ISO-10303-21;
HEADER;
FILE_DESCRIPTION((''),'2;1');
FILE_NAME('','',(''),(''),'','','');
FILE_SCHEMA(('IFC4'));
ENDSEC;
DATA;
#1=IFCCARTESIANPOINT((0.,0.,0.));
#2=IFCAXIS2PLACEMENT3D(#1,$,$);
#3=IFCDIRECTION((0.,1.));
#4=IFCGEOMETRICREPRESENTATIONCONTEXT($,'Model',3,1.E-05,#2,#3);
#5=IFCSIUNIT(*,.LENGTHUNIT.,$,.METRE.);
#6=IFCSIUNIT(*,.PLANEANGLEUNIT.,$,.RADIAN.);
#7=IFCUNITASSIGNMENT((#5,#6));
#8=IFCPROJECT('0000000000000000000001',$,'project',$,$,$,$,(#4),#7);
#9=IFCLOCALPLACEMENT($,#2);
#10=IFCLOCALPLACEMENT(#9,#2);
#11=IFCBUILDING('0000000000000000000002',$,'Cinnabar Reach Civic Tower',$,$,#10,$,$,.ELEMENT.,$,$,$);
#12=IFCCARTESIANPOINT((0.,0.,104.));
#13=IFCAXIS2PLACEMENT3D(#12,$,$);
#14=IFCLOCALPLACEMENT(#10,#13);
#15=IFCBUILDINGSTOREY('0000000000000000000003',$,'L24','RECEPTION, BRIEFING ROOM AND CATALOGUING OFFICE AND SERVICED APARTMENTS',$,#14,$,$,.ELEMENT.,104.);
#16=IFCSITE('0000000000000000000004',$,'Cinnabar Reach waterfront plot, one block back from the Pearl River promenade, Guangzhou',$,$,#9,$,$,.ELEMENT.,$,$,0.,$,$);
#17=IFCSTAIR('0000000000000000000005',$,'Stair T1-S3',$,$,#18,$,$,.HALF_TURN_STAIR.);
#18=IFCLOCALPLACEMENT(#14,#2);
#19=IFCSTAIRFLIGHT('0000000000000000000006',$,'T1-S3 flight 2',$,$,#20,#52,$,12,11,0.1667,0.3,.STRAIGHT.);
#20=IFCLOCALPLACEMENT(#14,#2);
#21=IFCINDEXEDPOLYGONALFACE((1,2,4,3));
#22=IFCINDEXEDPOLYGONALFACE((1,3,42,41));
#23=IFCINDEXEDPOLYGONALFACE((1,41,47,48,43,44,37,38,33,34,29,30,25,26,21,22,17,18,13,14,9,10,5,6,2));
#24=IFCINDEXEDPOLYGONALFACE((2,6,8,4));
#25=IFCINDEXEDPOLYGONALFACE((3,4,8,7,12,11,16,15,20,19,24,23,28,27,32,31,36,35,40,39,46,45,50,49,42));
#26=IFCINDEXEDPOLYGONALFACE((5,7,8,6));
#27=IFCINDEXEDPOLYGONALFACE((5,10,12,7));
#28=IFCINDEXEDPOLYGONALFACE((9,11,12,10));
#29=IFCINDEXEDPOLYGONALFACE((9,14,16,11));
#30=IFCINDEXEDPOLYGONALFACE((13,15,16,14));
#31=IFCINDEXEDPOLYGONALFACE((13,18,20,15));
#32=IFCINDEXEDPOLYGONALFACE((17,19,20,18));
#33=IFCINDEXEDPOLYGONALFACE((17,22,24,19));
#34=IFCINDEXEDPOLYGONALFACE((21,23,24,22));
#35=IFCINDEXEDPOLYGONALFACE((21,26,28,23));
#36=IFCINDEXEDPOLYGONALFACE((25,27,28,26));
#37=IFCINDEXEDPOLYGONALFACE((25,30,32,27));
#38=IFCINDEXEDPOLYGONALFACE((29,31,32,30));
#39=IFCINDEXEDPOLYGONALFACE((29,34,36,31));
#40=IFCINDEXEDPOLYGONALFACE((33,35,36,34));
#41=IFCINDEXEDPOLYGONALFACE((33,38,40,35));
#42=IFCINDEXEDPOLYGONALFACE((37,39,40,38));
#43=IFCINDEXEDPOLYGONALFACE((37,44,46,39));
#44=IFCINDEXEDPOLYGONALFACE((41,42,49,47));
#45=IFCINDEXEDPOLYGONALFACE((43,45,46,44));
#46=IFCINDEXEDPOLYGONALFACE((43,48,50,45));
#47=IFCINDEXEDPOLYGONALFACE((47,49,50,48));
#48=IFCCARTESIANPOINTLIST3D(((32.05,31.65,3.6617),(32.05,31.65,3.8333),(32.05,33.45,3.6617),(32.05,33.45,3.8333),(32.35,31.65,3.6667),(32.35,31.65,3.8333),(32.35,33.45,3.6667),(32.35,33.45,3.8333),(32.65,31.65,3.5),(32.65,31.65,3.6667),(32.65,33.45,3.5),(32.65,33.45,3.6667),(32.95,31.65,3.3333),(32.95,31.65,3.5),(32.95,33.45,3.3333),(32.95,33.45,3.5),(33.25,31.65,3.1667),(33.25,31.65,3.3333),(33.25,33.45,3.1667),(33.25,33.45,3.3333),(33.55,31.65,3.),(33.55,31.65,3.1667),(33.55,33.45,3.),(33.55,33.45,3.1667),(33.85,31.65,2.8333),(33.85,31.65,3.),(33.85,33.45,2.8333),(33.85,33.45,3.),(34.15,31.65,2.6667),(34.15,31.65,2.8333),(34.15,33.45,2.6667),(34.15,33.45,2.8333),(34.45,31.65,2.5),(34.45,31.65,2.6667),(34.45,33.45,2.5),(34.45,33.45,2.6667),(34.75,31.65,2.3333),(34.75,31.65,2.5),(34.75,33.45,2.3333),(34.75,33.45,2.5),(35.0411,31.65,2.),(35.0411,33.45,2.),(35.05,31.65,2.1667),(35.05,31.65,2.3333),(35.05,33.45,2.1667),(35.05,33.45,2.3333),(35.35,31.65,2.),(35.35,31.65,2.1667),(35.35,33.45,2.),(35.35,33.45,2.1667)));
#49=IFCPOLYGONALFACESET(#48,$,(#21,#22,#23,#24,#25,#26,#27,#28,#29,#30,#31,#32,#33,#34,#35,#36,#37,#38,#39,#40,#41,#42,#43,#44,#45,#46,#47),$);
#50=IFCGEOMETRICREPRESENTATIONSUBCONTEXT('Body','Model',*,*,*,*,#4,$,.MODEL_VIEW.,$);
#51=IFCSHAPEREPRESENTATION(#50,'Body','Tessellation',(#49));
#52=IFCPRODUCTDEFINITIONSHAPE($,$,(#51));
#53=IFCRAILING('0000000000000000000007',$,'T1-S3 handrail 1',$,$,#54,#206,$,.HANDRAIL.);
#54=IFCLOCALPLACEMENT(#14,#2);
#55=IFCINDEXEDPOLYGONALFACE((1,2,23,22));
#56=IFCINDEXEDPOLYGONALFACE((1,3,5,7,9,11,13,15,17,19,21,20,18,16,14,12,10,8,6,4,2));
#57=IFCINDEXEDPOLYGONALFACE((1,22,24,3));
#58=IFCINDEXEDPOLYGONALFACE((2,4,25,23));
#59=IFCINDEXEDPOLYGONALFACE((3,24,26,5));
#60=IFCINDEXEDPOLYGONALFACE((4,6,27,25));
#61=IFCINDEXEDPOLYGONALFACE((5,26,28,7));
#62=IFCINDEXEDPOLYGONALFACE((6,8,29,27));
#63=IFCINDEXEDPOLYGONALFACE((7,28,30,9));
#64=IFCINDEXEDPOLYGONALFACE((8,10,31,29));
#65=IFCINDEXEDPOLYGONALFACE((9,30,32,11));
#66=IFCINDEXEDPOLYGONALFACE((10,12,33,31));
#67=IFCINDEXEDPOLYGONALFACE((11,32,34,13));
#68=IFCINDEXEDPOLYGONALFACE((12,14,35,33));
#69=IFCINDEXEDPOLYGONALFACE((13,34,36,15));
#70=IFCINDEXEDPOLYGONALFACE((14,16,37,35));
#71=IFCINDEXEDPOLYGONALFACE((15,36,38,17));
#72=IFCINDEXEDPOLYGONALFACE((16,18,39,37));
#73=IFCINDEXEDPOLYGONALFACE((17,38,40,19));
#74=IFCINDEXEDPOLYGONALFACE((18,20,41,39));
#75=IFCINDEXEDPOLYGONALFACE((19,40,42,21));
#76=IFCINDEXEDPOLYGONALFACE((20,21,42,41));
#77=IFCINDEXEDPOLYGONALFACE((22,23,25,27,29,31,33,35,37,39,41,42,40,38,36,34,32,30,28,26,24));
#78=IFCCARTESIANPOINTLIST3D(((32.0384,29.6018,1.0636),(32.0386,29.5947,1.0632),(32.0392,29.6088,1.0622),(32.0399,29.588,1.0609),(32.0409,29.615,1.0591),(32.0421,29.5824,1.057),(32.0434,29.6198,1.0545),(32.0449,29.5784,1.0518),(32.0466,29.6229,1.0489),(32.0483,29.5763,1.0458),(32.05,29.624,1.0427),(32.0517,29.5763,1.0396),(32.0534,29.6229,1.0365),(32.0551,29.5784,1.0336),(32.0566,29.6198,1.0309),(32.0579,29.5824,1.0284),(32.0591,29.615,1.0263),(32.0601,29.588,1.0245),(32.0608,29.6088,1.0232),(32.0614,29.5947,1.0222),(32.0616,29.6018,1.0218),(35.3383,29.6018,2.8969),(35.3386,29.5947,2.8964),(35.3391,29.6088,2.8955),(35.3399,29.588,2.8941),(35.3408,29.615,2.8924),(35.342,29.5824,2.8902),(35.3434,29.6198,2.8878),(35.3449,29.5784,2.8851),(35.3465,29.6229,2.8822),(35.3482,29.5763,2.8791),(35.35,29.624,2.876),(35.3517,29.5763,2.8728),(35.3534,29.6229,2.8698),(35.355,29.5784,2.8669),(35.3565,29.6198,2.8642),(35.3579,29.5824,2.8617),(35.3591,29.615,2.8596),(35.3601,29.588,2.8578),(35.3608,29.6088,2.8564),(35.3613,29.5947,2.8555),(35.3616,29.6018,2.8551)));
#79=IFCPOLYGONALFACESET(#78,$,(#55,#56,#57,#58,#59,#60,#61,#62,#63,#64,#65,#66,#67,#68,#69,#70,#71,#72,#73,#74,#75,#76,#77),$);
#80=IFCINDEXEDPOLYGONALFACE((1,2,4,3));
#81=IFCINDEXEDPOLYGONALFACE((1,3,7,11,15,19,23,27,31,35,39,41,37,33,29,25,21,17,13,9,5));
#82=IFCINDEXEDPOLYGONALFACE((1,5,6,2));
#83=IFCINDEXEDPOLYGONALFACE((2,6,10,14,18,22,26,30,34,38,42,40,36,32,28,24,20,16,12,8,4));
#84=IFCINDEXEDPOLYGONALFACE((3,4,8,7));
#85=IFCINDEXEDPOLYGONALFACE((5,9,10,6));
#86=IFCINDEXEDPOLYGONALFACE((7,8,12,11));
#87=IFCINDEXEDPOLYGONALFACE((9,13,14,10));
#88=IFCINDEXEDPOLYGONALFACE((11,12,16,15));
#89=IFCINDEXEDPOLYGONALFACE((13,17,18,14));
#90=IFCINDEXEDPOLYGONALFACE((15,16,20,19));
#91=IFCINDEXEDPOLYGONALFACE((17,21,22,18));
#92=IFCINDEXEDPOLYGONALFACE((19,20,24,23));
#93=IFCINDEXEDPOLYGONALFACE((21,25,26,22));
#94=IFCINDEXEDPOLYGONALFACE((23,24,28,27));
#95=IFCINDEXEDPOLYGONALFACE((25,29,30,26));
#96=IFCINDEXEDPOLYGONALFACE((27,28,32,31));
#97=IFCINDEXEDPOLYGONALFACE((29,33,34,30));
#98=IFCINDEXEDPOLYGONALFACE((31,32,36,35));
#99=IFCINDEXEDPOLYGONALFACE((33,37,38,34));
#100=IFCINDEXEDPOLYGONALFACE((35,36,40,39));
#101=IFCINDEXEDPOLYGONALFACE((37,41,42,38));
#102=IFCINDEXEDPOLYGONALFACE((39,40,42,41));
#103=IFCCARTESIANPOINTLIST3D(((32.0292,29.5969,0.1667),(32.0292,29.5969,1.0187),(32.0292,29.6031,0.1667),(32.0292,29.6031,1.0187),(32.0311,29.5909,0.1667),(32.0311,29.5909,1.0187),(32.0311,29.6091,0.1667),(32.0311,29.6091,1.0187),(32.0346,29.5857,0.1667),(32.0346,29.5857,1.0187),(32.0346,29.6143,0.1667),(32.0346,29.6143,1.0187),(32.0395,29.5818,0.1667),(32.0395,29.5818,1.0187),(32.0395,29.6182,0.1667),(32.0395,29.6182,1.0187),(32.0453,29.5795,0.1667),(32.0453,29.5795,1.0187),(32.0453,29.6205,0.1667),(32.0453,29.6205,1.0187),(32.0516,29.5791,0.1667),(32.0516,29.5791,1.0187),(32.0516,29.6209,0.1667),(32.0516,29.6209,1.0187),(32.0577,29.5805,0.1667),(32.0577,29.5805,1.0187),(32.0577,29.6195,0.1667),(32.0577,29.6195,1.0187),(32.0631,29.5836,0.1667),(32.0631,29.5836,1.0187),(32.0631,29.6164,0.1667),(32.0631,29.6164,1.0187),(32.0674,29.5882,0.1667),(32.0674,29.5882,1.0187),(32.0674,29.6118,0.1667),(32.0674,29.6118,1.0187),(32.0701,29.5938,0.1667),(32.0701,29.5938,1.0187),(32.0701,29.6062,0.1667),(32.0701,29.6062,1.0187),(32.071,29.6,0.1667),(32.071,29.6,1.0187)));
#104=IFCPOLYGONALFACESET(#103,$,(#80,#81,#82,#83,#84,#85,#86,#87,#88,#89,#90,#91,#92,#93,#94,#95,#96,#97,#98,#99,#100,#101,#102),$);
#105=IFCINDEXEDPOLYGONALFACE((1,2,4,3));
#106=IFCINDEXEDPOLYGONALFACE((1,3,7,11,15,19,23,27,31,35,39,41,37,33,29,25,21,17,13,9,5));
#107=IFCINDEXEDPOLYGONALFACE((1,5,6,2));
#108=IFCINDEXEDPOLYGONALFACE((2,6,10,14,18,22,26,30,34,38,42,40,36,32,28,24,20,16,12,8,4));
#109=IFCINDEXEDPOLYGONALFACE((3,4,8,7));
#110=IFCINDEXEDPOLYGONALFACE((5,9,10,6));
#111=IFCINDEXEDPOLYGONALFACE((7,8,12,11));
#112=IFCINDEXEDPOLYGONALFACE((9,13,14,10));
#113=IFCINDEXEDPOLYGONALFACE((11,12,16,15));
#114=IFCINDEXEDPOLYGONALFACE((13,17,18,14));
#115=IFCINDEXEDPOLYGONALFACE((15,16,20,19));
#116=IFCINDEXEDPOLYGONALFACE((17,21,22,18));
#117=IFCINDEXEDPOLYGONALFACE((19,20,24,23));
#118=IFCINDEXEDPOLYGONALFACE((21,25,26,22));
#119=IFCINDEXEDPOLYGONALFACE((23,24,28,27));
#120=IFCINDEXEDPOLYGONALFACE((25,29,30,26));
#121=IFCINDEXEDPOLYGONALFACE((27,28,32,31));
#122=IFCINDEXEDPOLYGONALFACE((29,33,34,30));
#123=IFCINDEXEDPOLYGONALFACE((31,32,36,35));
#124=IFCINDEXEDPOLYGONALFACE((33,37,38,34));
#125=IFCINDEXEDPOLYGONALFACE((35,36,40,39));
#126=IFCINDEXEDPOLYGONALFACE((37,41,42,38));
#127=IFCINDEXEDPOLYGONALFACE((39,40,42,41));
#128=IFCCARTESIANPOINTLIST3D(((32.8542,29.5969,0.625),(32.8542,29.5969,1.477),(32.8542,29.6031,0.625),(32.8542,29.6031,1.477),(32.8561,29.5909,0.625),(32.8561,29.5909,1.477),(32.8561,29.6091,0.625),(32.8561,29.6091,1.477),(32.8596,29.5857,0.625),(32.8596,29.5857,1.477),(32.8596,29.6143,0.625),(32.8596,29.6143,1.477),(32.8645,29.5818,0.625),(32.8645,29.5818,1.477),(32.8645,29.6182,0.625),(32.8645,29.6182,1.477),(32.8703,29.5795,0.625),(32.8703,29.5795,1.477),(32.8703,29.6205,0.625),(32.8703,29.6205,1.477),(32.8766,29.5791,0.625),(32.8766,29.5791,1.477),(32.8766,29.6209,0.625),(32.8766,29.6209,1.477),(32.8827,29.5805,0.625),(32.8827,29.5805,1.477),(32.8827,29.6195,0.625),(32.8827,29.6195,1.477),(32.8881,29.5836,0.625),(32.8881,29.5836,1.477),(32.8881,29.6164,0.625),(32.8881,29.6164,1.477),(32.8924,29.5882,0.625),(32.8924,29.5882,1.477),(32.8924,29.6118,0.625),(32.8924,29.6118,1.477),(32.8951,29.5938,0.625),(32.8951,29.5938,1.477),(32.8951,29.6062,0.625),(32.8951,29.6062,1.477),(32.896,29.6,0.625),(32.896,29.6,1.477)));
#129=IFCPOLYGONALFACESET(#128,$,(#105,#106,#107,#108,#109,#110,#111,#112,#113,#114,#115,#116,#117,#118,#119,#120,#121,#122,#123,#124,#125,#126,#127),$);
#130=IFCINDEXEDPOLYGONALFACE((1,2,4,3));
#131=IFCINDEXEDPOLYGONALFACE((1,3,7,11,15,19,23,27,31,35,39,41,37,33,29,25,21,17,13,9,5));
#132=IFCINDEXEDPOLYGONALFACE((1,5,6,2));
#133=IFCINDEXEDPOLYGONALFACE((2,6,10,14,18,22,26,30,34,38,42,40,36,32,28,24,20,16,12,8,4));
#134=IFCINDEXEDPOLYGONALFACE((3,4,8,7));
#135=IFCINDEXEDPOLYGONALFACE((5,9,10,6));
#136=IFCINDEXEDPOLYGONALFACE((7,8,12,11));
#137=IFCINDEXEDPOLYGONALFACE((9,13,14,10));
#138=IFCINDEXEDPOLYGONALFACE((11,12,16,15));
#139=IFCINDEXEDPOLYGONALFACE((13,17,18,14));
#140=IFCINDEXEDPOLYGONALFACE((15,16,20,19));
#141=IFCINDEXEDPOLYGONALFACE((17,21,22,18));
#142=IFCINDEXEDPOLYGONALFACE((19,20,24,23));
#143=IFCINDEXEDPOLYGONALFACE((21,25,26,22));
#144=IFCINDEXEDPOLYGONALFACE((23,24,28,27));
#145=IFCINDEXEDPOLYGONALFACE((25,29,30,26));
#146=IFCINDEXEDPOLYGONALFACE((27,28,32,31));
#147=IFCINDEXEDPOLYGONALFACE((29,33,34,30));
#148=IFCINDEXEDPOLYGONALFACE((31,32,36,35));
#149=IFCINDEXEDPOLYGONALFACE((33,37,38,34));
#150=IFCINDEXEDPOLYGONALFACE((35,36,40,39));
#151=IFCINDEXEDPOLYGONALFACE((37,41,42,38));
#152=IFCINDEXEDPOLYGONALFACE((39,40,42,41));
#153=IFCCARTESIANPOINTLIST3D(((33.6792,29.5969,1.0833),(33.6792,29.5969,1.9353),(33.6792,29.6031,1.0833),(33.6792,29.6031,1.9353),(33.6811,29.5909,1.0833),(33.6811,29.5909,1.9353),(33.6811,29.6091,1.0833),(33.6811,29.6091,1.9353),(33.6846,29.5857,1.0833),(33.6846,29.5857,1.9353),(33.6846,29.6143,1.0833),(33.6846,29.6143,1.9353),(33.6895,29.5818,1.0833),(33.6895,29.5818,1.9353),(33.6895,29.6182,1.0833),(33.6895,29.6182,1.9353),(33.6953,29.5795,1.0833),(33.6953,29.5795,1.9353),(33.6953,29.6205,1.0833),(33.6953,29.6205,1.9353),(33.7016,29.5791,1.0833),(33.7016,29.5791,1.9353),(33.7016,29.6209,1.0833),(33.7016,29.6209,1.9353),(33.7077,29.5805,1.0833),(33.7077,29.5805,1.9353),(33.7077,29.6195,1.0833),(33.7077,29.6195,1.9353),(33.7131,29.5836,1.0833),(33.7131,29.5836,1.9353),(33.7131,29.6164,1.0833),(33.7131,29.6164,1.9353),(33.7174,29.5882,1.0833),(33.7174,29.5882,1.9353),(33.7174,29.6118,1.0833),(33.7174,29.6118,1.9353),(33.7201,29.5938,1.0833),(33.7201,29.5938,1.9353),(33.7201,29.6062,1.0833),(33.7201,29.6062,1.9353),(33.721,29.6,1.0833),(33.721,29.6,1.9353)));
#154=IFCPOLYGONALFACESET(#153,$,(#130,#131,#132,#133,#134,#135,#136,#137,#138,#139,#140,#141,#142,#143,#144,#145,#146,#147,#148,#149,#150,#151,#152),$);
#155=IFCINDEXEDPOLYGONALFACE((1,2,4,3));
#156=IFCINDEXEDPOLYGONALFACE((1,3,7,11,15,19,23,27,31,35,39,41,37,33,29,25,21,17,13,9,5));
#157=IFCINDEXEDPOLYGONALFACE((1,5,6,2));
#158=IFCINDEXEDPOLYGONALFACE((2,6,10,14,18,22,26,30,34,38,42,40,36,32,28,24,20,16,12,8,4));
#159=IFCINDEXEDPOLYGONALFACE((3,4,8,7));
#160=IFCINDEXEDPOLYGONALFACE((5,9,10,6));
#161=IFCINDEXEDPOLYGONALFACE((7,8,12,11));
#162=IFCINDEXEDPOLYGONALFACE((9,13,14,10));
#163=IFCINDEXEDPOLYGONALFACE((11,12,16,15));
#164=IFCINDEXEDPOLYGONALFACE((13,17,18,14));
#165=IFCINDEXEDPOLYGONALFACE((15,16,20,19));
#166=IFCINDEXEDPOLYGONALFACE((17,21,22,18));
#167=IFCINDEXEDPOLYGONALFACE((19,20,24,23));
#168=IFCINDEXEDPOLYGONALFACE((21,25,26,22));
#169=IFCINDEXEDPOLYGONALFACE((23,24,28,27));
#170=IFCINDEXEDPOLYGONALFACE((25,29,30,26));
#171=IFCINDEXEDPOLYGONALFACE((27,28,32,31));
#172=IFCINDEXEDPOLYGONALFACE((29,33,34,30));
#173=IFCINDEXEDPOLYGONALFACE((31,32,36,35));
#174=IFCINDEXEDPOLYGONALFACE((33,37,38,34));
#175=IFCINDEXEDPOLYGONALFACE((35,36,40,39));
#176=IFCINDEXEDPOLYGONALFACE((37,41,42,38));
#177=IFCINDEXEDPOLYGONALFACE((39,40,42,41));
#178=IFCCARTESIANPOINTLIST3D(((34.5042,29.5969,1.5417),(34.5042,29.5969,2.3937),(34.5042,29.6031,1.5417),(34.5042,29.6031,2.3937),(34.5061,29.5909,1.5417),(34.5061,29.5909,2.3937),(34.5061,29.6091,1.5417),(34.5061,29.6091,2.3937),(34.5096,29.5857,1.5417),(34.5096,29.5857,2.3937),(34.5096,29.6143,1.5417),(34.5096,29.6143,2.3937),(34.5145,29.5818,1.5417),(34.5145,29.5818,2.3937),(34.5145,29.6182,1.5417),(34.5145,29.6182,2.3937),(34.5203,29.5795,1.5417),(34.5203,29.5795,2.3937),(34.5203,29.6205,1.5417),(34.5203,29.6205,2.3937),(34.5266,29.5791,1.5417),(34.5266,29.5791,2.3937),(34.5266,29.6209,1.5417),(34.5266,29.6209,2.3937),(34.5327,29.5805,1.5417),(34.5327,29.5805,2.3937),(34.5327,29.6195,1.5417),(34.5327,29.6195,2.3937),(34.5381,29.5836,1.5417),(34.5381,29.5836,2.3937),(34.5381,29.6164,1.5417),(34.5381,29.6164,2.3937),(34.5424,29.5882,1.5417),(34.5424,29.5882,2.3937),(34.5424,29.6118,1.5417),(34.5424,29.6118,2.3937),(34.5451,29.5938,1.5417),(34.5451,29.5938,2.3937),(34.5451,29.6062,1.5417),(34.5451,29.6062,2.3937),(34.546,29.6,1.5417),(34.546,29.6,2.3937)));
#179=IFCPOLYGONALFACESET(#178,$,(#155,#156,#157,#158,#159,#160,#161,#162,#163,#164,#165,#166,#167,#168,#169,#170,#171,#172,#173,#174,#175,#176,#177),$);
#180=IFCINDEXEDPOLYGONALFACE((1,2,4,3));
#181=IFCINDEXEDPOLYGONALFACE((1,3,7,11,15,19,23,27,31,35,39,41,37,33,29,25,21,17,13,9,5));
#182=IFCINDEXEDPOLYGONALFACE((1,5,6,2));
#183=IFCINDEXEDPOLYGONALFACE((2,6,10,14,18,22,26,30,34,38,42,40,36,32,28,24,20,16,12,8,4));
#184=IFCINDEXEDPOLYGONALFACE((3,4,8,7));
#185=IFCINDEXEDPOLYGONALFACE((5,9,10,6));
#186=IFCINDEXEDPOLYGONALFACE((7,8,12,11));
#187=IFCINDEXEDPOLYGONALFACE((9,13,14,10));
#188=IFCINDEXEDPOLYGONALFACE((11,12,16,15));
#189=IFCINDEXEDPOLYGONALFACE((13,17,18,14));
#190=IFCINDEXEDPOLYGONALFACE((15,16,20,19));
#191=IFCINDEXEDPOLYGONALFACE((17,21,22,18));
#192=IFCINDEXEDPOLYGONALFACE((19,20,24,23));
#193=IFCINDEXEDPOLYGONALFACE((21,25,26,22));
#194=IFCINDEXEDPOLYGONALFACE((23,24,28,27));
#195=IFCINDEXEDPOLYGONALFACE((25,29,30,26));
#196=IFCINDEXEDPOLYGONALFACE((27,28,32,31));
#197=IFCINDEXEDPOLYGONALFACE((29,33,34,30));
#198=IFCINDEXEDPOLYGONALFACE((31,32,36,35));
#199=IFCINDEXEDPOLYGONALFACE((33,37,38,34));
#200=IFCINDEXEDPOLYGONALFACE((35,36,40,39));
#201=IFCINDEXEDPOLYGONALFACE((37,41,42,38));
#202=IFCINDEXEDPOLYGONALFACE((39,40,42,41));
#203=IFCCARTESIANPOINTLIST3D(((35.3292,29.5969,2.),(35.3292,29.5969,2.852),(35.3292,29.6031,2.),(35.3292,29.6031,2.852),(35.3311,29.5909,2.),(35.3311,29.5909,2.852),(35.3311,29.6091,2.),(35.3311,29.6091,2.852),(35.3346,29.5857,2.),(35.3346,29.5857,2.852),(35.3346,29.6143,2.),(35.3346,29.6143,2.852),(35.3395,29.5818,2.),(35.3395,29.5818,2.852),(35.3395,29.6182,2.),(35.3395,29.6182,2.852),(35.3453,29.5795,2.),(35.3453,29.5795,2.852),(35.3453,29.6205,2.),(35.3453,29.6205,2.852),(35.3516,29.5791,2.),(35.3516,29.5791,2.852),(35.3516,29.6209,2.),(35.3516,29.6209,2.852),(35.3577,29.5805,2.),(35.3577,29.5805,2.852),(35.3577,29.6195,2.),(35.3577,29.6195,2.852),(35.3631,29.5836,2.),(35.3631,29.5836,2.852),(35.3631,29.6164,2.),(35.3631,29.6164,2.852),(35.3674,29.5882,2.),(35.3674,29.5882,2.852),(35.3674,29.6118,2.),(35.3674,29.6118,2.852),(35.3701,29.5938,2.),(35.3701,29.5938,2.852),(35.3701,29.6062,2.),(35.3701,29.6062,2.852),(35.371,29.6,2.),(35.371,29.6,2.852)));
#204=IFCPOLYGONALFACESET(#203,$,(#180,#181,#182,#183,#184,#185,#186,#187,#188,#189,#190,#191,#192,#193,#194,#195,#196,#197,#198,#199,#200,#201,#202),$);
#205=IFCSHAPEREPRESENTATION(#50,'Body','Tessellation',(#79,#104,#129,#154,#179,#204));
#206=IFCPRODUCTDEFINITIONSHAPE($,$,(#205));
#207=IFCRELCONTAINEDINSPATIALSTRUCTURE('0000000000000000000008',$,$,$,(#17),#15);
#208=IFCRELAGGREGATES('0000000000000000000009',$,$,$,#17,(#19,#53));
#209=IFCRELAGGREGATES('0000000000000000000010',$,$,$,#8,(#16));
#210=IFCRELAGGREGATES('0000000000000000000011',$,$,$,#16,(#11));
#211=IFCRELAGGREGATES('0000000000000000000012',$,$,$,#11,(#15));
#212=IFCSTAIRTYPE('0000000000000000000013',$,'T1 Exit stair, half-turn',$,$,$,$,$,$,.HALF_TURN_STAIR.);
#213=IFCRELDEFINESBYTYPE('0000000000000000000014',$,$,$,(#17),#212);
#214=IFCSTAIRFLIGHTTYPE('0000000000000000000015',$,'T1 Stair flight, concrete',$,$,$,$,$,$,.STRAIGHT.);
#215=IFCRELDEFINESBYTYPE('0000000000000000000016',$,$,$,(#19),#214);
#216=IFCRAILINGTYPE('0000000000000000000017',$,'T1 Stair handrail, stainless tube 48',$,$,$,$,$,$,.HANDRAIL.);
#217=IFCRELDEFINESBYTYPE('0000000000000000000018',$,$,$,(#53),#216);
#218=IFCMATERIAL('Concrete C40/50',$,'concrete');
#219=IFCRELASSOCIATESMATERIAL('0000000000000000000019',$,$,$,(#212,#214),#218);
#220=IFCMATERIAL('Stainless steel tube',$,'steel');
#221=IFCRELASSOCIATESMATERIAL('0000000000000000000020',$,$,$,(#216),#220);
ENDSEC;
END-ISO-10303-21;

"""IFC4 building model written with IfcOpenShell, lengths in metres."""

from ifc_helpers import new_model, si_unit, direction, frame, origin, origin_2d, place, context, subcontext, project, spatial, polyline, circle, outline, extrude, material, type_object, element, aggregate, save


model = new_model("IFC4")

# Units and contexts
model_context = context("Model", 3, precision=1e-05, world=origin(), true_north=direction((0.0, 1.0)))
body_context = subcontext(model_context, "Body", "Model", "MODEL_VIEW")
ifc_project = project(units=[si_unit("LENGTHUNIT", "METRE"), si_unit("PLANEANGLEUNIT", "RADIAN")], contexts=[model_context])

# Site, building, storey
site_placement = place(None, origin())
site = spatial("IfcSite", under=ifc_project, at=site_placement, Name="Cinnabar Reach waterfront plot, one block back from the Pearl River promenade, Guangzhou", CompositionType="ELEMENT", RefElevation=0.0)
building_placement = place(site_placement, origin())
building = spatial("IfcBuilding", under=site, at=building_placement, Name="Cinnabar Reach Civic Tower", CompositionType="ELEMENT")
storey_placement = place(building_placement, frame((0.0, 0.0, 104.0)))
storey = spatial("IfcBuildingStorey", under=building, at=storey_placement, Name="L24", Description="RECEPTION, BRIEFING ROOM AND CATALOGUING OFFICE AND SERVICED APARTMENTS", CompositionType="ELEMENT", Elevation=104.0)

# Stair, stair flight, railing
ifc_material_1 = material(Name="Concrete C40/50", Category="concrete")
stair_type = type_object("IfcStairType", Name="T1 Exit stair, half-turn", PredefinedType="HALF_TURN_STAIR", material=ifc_material_1)
stair_placement = place(storey_placement, origin())
stair = element("IfcStair", 1, at=stair_placement, inside=storey, type_object=stair_type, Name="Stair T1-S3", PredefinedType="HALF_TURN_STAIR")
stair_flight_type = type_object("IfcStairFlightType", Name="T1 Stair flight, concrete", PredefinedType="STRAIGHT", material=ifc_material_1)
stair_flight_1_placement = place(storey_placement, frame((35.35, 32.55, 2.0), z_axis=(0.0, 0.0, 1.0), x_axis=(-1.0, 0.0, 0.0)))
stair_flight_1 = element("IfcStairFlight", 2, at=stair_flight_1_placement, type_object=stair_flight_type, Name="T1-S3 flight 2", NumberOfRisers=12, NumberOfTreads=11, PredefinedType="STRAIGHT", RiserHeight=0.1667, TreadLength=0.3, context=body_context, shape_type="SweptSolid", body=[
    extrude(outline(polyline([(0.0, 0.0), (0.0, 0.1667), (0.3, 0.1667), (0.3, 0.3333), (0.6, 0.3333), (0.6, 0.5), (0.9, 0.5), (0.9, 0.6667), (1.2, 0.6667), (1.2, 0.8333), (1.5, 0.8333), (1.5, 1.0), (1.8, 1.0), (1.8, 1.1667), (2.1, 1.1667), (2.1, 1.3333), (2.4, 1.3333), (2.4, 1.5), (2.7, 1.5), (2.7, 1.6667), (3.0, 1.6667), (3.0, 1.8333), (3.3, 1.8333), (3.3, 2.0), (3.3, 1.6617), (0.3089, 0.0), (0.0, 0.0)])), frame((0.0, 0.9, 0.0), z_axis=(0.0, -1.0, 0.0), x_axis=(1.0, 0.0, 0.0)), (0.0, 0.0, 1.0), 1.8),
])
ifc_material_2 = material(Name="Stainless steel tube", Category="steel")
railing_type = type_object("IfcRailingType", Name="T1 Stair handrail, stainless tube 48", PredefinedType="HANDRAIL", material=ifc_material_2)
railing_1_placement = place(storey_placement, frame((32.05, 29.6, 0.1667)))
railing_1 = element("IfcRailing", 3, at=railing_1_placement, type_object=railing_type, Name="T1-S3 handrail 1", PredefinedType="HANDRAIL", context=body_context, shape_type="SweptSolid", body=[
    extrude(circle(Radius=0.024, at=origin_2d()), frame((0.0, 0.0, 0.876), z_axis=(0.874161, 0.0, 0.485636), x_axis=(0.0, 1.0, 0.0)), (0.0, 0.0, 1.0), 3.775),
    extrude(circle(Radius=0.021, at=origin_2d()), origin(), (0.0, 0.0, 1.0), 0.852),
    extrude(circle(Radius=0.021, at=origin_2d()), frame((0.825, 0.0, 0.4583)), (0.0, 0.0, 1.0), 0.852),
    extrude(circle(Radius=0.021, at=origin_2d()), frame((1.65, 0.0, 0.9166)), (0.0, 0.0, 1.0), 0.852),
    extrude(circle(Radius=0.021, at=origin_2d()), frame((2.475, 0.0, 1.375)), (0.0, 0.0, 1.0), 0.852),
    extrude(circle(Radius=0.021, at=origin_2d()), frame((3.3, 0.0, 1.8333)), (0.0, 0.0, 1.0), 0.852),
])
aggregate(stair, [stair_flight_1, railing_1])

save(model, "model.ifc")
